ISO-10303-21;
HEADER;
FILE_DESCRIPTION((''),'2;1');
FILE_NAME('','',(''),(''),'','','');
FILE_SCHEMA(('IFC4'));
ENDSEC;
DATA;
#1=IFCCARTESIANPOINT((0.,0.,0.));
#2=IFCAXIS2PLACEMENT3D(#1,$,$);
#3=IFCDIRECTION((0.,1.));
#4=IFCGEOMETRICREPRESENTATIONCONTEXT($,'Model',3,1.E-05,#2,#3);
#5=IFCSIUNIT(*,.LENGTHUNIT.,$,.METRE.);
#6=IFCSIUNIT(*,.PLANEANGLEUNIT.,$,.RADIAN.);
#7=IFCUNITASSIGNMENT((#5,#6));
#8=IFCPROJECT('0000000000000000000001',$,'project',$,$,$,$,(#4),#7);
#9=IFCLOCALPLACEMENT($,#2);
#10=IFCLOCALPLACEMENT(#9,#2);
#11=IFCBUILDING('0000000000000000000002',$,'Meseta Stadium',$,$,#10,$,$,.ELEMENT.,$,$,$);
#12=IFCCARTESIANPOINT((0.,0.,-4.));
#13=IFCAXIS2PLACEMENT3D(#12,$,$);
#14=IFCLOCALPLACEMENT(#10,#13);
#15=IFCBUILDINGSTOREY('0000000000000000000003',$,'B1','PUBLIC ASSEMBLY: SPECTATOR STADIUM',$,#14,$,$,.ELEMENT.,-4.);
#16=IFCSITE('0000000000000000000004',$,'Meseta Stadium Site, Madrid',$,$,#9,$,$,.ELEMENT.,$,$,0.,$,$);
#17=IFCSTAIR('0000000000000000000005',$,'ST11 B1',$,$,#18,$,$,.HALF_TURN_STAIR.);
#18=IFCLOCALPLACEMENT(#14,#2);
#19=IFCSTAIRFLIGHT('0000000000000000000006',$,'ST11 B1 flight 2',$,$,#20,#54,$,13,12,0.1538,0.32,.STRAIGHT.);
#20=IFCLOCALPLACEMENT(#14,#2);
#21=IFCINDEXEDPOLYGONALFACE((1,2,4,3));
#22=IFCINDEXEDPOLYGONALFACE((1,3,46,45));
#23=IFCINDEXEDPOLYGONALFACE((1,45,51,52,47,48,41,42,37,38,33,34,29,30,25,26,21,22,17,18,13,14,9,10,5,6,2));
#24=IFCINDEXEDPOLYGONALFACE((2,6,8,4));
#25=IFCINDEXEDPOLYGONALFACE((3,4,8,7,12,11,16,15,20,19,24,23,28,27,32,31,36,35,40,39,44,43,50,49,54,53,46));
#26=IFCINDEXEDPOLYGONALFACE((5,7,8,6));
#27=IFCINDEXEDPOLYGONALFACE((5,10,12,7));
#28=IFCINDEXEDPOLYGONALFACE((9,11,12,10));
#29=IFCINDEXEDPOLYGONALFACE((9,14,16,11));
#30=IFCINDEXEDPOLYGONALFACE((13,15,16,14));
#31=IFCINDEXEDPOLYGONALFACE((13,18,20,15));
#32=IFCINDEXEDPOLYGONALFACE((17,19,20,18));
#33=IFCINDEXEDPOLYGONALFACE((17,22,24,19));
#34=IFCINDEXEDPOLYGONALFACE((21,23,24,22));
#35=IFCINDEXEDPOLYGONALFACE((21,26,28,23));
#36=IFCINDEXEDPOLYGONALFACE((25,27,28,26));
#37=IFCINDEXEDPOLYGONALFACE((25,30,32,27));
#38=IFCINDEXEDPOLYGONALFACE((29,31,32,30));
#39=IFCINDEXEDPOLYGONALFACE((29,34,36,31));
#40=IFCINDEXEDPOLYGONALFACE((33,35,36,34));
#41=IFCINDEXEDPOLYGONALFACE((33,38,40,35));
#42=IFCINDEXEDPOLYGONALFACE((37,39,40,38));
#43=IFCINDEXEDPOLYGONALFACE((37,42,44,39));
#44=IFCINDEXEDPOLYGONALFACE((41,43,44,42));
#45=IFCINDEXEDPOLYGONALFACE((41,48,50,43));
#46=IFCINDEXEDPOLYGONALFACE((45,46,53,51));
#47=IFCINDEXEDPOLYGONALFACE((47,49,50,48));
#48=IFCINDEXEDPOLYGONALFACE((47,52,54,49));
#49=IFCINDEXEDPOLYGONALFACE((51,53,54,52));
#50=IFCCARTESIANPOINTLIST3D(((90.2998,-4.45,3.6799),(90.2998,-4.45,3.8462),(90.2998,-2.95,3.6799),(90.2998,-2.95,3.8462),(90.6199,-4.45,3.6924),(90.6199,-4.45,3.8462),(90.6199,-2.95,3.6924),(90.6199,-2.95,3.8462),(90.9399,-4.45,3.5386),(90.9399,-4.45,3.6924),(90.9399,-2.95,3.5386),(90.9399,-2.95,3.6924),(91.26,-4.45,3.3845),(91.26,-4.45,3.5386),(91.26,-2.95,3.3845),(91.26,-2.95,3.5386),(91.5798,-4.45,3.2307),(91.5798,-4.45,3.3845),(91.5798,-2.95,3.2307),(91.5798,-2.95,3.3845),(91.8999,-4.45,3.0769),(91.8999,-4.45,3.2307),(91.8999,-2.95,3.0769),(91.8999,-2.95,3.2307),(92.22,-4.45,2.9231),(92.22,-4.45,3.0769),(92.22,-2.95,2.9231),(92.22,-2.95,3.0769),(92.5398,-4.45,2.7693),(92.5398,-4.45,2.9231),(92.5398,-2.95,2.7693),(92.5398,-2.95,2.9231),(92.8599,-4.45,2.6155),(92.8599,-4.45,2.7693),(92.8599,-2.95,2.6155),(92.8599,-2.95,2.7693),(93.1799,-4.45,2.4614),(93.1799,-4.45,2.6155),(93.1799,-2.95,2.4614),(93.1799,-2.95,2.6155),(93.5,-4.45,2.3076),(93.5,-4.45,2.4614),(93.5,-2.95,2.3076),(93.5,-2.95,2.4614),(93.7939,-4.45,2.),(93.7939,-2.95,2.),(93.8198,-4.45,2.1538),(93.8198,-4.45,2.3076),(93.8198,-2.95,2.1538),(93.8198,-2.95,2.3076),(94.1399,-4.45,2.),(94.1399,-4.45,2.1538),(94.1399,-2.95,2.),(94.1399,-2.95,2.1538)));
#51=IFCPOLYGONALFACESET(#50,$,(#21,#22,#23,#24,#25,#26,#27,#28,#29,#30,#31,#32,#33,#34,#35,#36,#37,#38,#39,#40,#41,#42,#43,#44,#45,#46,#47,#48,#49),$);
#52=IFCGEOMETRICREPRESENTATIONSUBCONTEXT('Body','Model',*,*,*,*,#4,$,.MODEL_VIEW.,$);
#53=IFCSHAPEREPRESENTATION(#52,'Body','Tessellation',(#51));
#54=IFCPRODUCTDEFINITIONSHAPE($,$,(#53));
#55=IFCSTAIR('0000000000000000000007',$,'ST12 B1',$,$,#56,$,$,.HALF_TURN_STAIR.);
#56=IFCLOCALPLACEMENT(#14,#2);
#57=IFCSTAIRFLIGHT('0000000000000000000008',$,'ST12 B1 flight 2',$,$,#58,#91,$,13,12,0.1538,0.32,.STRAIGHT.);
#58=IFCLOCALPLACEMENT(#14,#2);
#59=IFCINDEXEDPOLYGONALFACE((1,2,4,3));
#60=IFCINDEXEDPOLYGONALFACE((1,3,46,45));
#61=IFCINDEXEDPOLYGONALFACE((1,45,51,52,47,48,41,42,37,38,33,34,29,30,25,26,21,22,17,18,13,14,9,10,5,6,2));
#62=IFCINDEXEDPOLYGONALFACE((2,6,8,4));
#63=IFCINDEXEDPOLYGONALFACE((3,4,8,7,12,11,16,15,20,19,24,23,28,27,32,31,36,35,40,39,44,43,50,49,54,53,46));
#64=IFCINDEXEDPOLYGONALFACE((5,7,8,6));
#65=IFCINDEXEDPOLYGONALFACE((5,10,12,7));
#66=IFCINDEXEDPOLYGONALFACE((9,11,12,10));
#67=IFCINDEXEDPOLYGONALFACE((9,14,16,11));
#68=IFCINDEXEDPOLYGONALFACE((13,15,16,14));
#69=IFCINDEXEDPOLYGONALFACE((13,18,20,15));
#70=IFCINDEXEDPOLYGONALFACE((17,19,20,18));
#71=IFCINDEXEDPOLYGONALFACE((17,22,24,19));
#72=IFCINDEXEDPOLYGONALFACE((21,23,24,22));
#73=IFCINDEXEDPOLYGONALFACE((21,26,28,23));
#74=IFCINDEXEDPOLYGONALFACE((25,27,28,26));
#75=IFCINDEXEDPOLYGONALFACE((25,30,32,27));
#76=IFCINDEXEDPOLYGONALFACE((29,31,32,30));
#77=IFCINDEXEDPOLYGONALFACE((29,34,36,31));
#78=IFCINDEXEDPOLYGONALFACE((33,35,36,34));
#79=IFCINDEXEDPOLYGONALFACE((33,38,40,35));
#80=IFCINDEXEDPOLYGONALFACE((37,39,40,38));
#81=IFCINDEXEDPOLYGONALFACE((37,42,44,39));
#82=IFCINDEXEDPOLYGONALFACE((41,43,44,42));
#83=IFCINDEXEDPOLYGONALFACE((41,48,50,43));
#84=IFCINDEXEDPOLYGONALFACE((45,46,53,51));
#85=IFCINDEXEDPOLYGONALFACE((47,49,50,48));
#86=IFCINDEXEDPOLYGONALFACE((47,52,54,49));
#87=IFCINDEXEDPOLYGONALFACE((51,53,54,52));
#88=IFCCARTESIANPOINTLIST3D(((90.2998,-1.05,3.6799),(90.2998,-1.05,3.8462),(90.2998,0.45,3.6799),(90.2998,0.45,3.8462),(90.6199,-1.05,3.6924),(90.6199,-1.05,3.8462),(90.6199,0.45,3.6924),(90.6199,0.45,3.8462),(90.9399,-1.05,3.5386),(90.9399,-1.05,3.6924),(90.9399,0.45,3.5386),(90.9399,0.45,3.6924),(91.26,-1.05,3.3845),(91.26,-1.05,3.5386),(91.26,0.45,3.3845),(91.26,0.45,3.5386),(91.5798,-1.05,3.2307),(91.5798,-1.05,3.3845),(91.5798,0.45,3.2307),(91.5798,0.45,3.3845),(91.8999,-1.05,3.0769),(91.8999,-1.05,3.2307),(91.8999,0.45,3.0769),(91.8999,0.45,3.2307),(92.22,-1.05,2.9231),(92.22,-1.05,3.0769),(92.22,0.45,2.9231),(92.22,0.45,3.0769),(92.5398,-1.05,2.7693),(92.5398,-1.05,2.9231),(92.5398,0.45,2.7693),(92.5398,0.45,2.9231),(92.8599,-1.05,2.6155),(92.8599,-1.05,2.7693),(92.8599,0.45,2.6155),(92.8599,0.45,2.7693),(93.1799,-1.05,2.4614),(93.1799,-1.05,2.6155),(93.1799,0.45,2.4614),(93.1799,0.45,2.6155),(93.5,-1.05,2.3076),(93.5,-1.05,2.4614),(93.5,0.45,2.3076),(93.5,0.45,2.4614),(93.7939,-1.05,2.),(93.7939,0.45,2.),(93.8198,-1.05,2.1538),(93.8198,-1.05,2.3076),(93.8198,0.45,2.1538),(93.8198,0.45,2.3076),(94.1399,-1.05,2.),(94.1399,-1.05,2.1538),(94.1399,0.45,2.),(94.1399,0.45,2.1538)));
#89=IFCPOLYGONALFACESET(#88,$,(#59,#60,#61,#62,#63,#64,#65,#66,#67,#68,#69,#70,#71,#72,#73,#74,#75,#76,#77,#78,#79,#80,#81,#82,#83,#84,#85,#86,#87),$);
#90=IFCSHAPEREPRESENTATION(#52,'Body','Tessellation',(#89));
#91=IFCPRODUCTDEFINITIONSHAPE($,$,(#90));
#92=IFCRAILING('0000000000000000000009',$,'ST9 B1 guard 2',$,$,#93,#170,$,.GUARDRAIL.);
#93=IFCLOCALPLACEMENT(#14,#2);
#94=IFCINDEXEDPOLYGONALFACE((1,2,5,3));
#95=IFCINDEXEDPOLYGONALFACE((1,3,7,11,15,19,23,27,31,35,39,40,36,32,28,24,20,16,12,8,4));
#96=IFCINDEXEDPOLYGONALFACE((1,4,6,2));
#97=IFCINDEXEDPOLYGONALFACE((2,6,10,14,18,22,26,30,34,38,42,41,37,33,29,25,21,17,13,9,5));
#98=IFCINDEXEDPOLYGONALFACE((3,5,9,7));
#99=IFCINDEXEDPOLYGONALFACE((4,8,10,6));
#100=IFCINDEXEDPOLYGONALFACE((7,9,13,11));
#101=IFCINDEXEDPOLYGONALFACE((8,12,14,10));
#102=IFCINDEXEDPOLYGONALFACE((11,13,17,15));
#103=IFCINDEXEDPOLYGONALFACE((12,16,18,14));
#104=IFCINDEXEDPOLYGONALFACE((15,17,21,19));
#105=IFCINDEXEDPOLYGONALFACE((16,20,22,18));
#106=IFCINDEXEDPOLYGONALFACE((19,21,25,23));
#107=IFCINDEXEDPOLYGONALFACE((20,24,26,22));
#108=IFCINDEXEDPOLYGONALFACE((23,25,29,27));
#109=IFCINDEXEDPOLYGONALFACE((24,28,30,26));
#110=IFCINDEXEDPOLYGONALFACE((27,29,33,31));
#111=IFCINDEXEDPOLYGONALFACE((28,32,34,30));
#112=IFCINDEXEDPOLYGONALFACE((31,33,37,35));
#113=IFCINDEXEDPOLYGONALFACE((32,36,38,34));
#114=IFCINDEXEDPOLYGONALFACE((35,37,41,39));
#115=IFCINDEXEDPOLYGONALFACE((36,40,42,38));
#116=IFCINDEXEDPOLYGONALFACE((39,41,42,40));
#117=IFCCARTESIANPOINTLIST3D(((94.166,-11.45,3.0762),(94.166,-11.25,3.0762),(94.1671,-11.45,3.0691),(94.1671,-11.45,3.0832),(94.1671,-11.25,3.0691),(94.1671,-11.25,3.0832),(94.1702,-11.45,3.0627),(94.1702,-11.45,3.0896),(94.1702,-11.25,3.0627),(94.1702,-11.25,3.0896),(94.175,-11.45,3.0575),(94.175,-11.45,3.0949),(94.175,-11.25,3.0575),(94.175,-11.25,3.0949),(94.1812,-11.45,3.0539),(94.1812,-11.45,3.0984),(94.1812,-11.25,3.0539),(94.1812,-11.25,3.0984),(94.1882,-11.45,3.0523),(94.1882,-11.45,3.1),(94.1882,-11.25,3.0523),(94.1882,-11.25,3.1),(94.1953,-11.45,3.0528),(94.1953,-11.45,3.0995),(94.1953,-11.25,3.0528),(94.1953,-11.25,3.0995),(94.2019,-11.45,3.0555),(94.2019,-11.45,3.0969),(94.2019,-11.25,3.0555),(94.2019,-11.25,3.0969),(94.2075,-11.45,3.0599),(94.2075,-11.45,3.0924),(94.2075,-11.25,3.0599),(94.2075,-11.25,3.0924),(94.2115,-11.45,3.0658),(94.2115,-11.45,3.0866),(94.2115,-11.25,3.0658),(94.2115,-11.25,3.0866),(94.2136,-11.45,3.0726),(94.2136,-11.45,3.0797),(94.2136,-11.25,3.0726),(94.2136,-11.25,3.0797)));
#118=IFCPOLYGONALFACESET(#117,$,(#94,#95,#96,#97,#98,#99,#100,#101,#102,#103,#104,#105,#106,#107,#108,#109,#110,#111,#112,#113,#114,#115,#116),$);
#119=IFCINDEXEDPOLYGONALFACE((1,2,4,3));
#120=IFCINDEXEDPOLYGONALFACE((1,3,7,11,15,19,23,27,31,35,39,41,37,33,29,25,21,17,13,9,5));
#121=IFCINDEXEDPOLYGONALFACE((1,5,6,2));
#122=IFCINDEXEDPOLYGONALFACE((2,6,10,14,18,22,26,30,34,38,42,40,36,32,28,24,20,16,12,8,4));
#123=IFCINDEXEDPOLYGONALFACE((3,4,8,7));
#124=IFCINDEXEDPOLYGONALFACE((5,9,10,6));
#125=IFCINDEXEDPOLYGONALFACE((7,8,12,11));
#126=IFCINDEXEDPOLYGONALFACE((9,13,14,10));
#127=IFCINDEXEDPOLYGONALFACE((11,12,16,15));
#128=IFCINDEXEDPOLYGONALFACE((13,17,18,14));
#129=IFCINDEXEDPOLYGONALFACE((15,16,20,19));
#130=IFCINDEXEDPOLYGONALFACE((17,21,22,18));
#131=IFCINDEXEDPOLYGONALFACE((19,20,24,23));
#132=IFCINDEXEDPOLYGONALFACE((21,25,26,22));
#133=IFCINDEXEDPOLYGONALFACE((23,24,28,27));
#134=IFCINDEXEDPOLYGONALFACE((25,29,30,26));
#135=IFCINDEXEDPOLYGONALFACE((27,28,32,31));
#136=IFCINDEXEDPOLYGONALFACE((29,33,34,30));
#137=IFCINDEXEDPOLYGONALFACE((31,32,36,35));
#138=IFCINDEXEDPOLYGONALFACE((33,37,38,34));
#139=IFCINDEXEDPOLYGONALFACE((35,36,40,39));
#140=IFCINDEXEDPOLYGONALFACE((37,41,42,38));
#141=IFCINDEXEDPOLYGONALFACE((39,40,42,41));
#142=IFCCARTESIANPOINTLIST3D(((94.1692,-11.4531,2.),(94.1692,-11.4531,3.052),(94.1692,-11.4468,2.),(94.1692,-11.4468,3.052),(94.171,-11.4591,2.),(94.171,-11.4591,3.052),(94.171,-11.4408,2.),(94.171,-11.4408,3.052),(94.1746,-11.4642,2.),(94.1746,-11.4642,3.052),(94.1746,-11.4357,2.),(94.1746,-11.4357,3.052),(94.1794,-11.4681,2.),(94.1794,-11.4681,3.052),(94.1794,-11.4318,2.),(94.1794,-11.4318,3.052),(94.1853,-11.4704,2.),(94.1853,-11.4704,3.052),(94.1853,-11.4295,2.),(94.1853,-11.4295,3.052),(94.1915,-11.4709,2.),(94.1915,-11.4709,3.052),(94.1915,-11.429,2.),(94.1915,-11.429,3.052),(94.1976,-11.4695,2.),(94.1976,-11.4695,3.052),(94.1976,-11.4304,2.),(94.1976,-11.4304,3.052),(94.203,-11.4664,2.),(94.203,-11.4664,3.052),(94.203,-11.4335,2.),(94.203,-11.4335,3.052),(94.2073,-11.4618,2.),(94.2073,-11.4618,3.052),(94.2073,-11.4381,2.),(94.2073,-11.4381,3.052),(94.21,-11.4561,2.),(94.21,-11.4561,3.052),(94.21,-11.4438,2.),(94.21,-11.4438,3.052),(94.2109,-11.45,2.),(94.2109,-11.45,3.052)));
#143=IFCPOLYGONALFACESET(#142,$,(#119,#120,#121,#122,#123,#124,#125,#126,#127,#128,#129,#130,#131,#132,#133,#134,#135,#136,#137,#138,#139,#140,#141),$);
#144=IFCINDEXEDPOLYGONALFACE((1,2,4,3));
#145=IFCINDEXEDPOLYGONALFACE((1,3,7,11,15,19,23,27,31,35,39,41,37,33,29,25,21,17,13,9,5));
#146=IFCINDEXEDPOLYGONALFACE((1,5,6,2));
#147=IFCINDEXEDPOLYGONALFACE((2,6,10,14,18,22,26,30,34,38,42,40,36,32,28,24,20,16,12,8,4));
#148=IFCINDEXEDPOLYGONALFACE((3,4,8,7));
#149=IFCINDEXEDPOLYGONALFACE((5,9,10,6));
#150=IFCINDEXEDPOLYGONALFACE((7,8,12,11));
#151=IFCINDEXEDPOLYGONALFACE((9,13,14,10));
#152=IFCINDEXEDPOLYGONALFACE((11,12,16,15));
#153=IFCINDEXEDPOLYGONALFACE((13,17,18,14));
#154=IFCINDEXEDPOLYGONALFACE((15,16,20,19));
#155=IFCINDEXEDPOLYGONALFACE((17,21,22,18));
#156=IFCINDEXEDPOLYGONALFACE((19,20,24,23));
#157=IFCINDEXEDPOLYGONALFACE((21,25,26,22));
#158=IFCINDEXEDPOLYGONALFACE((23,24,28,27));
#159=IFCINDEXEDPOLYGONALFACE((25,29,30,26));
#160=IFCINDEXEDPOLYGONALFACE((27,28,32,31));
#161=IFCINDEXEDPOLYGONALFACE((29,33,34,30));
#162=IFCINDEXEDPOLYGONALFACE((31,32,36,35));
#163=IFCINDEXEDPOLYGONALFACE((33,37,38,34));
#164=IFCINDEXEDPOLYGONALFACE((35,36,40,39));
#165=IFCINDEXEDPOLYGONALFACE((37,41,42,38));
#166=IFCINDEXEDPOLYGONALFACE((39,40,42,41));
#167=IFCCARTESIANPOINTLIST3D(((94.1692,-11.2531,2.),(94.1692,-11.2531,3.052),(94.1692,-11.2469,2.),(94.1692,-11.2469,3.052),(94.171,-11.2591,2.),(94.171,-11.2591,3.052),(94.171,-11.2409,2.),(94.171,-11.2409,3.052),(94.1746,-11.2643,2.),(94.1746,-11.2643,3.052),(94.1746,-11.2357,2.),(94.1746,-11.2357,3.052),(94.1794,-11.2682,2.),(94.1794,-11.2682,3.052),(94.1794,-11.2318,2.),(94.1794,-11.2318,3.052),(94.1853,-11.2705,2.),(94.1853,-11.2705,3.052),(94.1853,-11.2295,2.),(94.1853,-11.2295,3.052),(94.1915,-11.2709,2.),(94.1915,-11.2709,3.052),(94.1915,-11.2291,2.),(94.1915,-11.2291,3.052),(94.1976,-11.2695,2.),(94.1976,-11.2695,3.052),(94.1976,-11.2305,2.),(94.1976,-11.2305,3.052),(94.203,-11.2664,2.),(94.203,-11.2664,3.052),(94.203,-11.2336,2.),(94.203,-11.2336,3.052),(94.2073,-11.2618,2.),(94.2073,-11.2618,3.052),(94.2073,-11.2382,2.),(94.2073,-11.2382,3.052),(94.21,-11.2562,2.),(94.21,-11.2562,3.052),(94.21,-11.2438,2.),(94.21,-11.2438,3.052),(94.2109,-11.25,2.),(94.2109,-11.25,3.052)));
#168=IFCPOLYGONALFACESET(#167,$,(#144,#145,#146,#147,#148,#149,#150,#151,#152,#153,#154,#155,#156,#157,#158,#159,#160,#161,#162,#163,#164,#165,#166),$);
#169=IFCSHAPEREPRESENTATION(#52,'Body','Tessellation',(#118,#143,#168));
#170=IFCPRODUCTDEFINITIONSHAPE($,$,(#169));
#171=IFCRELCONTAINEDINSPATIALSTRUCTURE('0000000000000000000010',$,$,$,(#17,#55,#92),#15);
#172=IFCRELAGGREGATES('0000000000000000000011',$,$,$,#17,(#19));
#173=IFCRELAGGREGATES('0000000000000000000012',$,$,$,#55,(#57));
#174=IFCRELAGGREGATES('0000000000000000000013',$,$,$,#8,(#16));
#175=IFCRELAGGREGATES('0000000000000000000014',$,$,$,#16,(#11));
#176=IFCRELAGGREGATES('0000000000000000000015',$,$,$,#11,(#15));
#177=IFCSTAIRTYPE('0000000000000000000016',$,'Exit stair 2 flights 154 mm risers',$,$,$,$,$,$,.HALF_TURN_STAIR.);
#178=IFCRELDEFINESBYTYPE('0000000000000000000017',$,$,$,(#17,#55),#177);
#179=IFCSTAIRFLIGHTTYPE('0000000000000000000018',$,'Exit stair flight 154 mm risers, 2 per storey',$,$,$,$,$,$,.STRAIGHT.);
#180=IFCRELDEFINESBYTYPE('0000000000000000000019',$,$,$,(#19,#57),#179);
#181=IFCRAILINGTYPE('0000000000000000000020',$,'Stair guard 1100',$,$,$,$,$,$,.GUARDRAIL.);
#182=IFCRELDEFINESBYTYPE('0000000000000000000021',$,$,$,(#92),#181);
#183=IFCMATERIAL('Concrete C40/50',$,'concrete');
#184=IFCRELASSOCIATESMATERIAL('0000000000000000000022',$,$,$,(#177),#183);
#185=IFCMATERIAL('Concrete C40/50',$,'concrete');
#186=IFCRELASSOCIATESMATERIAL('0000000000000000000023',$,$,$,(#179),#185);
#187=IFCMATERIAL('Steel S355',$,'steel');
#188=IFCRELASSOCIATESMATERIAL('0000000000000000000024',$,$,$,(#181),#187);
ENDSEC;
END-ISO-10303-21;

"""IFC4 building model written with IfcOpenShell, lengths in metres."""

from ifc_helpers import new_model, si_unit, direction, frame, origin, origin_2d, place, context, subcontext, project, spatial, polyline, circle, outline, extrude, material, type_object, element, aggregate, save


model = new_model("IFC4")

# Units and contexts
model_context = context("Model", 3, precision=1e-05, world=origin(), true_north=direction((0.0, 1.0)))
body_context = subcontext(model_context, "Body", "Model", "MODEL_VIEW")
ifc_project = project(units=[si_unit("LENGTHUNIT", "METRE"), si_unit("PLANEANGLEUNIT", "RADIAN")], contexts=[model_context])

# Site, building, storey
site_placement = place(None, origin())
site = spatial("IfcSite", under=ifc_project, at=site_placement, Name="Meseta Stadium Site, Madrid", CompositionType="ELEMENT", RefElevation=0.0)
building_placement = place(site_placement, origin())
building = spatial("IfcBuilding", under=site, at=building_placement, Name="Meseta Stadium", CompositionType="ELEMENT")
storey_placement = place(building_placement, frame((0.0, 0.0, -4.0)))
storey = spatial("IfcBuildingStorey", under=building, at=storey_placement, Name="B1", Description="PUBLIC ASSEMBLY: SPECTATOR STADIUM", CompositionType="ELEMENT", Elevation=-4.0)

# Stairs, stair flights
ifc_material_1 = material(Name="Concrete C40/50", Category="concrete")
stair_type = type_object("IfcStairType", Name="Exit stair 2 flights 154 mm risers", PredefinedType="HALF_TURN_STAIR", material=ifc_material_1)
ifc_material_2 = material(Name="Concrete C40/50", Category="concrete")
stair_flight_type = type_object("IfcStairFlightType", Name="Exit stair flight 154 mm risers, 2 per storey", PredefinedType="STRAIGHT", material=ifc_material_2)
stair_1_placement = place(storey_placement, origin())
stair_1 = element("IfcStair", 1, at=stair_1_placement, inside=storey, type_object=stair_type, Name="ST11 B1", PredefinedType="HALF_TURN_STAIR")
stair_flight_1_placement = place(storey_placement, frame((94.1399, -3.7, 2.0), z_axis=(0.0, 0.0, 1.0), x_axis=(-1.0, 0.0, 0.0)))
stair_flight_1 = element("IfcStairFlight", 2, at=stair_flight_1_placement, type_object=stair_flight_type, Name="ST11 B1 flight 2", NumberOfRisers=13, NumberOfTreads=12, PredefinedType="STRAIGHT", RiserHeight=0.1538, TreadLength=0.32, context=body_context, shape_type="SweptSolid", body=[
    extrude(outline(polyline([(0.0, 0.0), (0.0, 0.1538), (0.3201, 0.1538), (0.3201, 0.3076), (0.6399, 0.3076), (0.6399, 0.4614), (0.96, 0.4614), (0.96, 0.6155), (1.28, 0.6155), (1.28, 0.7693), (1.6001, 0.7693), (1.6001, 0.9231), (1.9199, 0.9231), (1.9199, 1.0769), (2.24, 1.0769), (2.24, 1.2307), (2.5601, 1.2307), (2.5601, 1.3845), (2.8799, 1.3845), (2.8799, 1.5386), (3.2, 1.5386), (3.2, 1.6924), (3.52, 1.6924), (3.52, 1.8462), (3.8401, 1.8462), (3.8401, 1.6799), (0.3459, 0.0), (0.0, 0.0)])), frame((0.0, 0.75, 0.0), z_axis=(0.0, -1.0, 0.0), x_axis=(1.0, 0.0, 0.0)), (0.0, 0.0, 1.0), 1.5),
])
aggregate(stair_1, [stair_flight_1])
stair_2_placement = place(storey_placement, origin())
stair_2 = element("IfcStair", 3, at=stair_2_placement, inside=storey, type_object=stair_type, Name="ST12 B1", PredefinedType="HALF_TURN_STAIR")
stair_flight_2_placement = place(storey_placement, frame((94.1399, -0.3, 2.0), z_axis=(0.0, 0.0, 1.0), x_axis=(-1.0, 0.0, 0.0)))
stair_flight_2 = element("IfcStairFlight", 4, at=stair_flight_2_placement, type_object=stair_flight_type, Name="ST12 B1 flight 2", NumberOfRisers=13, NumberOfTreads=12, PredefinedType="STRAIGHT", RiserHeight=0.1538, TreadLength=0.32, context=body_context, shape_type="SweptSolid", body=[
    extrude(outline(polyline([(0.0, 0.0), (0.0, 0.1538), (0.3201, 0.1538), (0.3201, 0.3076), (0.6399, 0.3076), (0.6399, 0.4614), (0.96, 0.4614), (0.96, 0.6155), (1.28, 0.6155), (1.28, 0.7693), (1.6001, 0.7693), (1.6001, 0.9231), (1.9199, 0.9231), (1.9199, 1.0769), (2.24, 1.0769), (2.24, 1.2307), (2.5601, 1.2307), (2.5601, 1.3845), (2.8799, 1.3845), (2.8799, 1.5386), (3.2, 1.5386), (3.2, 1.6924), (3.52, 1.6924), (3.52, 1.8462), (3.8401, 1.8462), (3.8401, 1.6799), (0.3459, 0.0), (0.0, 0.0)])), frame((0.0, 0.75, 0.0), z_axis=(0.0, -1.0, 0.0), x_axis=(1.0, 0.0, 0.0)), (0.0, 0.0, 1.0), 1.5),
])
aggregate(stair_2, [stair_flight_2])

# Railing
ifc_material_3 = material(Name="Steel S355", Category="steel")
railing_type_1 = type_object("IfcRailingType", Name="Stair guard 1100", PredefinedType="GUARDRAIL", material=ifc_material_3)
for number, where, name in (
    (5, (94.1899, -11.45, 2.0), "ST9 B1 guard 2"),
):
    element("IfcRailing", number, at=place(storey_placement, frame(where)), inside=storey, type_object=railing_type_1, Name=name, PredefinedType="GUARDRAIL", context=body_context, shape_type="SweptSolid", body=[
        extrude(circle(Radius=0.0239, at=origin_2d()), frame((0.0, 0.0, 1.0762), z_axis=(0.0, 1.0, 0.0), x_axis=(-1.0, 0.0, 0.0)), (0.0, 0.0, 1.0), 0.2),
        extrude(circle(Radius=0.021, at=origin_2d()), origin(), (0.0, 0.0, 1.0), 1.052),
        extrude(circle(Radius=0.021, at=origin_2d()), frame((0.0, 0.2, 0.0)), (0.0, 0.0, 1.0), 1.052),
    ])

save(model, "model.ifc")
